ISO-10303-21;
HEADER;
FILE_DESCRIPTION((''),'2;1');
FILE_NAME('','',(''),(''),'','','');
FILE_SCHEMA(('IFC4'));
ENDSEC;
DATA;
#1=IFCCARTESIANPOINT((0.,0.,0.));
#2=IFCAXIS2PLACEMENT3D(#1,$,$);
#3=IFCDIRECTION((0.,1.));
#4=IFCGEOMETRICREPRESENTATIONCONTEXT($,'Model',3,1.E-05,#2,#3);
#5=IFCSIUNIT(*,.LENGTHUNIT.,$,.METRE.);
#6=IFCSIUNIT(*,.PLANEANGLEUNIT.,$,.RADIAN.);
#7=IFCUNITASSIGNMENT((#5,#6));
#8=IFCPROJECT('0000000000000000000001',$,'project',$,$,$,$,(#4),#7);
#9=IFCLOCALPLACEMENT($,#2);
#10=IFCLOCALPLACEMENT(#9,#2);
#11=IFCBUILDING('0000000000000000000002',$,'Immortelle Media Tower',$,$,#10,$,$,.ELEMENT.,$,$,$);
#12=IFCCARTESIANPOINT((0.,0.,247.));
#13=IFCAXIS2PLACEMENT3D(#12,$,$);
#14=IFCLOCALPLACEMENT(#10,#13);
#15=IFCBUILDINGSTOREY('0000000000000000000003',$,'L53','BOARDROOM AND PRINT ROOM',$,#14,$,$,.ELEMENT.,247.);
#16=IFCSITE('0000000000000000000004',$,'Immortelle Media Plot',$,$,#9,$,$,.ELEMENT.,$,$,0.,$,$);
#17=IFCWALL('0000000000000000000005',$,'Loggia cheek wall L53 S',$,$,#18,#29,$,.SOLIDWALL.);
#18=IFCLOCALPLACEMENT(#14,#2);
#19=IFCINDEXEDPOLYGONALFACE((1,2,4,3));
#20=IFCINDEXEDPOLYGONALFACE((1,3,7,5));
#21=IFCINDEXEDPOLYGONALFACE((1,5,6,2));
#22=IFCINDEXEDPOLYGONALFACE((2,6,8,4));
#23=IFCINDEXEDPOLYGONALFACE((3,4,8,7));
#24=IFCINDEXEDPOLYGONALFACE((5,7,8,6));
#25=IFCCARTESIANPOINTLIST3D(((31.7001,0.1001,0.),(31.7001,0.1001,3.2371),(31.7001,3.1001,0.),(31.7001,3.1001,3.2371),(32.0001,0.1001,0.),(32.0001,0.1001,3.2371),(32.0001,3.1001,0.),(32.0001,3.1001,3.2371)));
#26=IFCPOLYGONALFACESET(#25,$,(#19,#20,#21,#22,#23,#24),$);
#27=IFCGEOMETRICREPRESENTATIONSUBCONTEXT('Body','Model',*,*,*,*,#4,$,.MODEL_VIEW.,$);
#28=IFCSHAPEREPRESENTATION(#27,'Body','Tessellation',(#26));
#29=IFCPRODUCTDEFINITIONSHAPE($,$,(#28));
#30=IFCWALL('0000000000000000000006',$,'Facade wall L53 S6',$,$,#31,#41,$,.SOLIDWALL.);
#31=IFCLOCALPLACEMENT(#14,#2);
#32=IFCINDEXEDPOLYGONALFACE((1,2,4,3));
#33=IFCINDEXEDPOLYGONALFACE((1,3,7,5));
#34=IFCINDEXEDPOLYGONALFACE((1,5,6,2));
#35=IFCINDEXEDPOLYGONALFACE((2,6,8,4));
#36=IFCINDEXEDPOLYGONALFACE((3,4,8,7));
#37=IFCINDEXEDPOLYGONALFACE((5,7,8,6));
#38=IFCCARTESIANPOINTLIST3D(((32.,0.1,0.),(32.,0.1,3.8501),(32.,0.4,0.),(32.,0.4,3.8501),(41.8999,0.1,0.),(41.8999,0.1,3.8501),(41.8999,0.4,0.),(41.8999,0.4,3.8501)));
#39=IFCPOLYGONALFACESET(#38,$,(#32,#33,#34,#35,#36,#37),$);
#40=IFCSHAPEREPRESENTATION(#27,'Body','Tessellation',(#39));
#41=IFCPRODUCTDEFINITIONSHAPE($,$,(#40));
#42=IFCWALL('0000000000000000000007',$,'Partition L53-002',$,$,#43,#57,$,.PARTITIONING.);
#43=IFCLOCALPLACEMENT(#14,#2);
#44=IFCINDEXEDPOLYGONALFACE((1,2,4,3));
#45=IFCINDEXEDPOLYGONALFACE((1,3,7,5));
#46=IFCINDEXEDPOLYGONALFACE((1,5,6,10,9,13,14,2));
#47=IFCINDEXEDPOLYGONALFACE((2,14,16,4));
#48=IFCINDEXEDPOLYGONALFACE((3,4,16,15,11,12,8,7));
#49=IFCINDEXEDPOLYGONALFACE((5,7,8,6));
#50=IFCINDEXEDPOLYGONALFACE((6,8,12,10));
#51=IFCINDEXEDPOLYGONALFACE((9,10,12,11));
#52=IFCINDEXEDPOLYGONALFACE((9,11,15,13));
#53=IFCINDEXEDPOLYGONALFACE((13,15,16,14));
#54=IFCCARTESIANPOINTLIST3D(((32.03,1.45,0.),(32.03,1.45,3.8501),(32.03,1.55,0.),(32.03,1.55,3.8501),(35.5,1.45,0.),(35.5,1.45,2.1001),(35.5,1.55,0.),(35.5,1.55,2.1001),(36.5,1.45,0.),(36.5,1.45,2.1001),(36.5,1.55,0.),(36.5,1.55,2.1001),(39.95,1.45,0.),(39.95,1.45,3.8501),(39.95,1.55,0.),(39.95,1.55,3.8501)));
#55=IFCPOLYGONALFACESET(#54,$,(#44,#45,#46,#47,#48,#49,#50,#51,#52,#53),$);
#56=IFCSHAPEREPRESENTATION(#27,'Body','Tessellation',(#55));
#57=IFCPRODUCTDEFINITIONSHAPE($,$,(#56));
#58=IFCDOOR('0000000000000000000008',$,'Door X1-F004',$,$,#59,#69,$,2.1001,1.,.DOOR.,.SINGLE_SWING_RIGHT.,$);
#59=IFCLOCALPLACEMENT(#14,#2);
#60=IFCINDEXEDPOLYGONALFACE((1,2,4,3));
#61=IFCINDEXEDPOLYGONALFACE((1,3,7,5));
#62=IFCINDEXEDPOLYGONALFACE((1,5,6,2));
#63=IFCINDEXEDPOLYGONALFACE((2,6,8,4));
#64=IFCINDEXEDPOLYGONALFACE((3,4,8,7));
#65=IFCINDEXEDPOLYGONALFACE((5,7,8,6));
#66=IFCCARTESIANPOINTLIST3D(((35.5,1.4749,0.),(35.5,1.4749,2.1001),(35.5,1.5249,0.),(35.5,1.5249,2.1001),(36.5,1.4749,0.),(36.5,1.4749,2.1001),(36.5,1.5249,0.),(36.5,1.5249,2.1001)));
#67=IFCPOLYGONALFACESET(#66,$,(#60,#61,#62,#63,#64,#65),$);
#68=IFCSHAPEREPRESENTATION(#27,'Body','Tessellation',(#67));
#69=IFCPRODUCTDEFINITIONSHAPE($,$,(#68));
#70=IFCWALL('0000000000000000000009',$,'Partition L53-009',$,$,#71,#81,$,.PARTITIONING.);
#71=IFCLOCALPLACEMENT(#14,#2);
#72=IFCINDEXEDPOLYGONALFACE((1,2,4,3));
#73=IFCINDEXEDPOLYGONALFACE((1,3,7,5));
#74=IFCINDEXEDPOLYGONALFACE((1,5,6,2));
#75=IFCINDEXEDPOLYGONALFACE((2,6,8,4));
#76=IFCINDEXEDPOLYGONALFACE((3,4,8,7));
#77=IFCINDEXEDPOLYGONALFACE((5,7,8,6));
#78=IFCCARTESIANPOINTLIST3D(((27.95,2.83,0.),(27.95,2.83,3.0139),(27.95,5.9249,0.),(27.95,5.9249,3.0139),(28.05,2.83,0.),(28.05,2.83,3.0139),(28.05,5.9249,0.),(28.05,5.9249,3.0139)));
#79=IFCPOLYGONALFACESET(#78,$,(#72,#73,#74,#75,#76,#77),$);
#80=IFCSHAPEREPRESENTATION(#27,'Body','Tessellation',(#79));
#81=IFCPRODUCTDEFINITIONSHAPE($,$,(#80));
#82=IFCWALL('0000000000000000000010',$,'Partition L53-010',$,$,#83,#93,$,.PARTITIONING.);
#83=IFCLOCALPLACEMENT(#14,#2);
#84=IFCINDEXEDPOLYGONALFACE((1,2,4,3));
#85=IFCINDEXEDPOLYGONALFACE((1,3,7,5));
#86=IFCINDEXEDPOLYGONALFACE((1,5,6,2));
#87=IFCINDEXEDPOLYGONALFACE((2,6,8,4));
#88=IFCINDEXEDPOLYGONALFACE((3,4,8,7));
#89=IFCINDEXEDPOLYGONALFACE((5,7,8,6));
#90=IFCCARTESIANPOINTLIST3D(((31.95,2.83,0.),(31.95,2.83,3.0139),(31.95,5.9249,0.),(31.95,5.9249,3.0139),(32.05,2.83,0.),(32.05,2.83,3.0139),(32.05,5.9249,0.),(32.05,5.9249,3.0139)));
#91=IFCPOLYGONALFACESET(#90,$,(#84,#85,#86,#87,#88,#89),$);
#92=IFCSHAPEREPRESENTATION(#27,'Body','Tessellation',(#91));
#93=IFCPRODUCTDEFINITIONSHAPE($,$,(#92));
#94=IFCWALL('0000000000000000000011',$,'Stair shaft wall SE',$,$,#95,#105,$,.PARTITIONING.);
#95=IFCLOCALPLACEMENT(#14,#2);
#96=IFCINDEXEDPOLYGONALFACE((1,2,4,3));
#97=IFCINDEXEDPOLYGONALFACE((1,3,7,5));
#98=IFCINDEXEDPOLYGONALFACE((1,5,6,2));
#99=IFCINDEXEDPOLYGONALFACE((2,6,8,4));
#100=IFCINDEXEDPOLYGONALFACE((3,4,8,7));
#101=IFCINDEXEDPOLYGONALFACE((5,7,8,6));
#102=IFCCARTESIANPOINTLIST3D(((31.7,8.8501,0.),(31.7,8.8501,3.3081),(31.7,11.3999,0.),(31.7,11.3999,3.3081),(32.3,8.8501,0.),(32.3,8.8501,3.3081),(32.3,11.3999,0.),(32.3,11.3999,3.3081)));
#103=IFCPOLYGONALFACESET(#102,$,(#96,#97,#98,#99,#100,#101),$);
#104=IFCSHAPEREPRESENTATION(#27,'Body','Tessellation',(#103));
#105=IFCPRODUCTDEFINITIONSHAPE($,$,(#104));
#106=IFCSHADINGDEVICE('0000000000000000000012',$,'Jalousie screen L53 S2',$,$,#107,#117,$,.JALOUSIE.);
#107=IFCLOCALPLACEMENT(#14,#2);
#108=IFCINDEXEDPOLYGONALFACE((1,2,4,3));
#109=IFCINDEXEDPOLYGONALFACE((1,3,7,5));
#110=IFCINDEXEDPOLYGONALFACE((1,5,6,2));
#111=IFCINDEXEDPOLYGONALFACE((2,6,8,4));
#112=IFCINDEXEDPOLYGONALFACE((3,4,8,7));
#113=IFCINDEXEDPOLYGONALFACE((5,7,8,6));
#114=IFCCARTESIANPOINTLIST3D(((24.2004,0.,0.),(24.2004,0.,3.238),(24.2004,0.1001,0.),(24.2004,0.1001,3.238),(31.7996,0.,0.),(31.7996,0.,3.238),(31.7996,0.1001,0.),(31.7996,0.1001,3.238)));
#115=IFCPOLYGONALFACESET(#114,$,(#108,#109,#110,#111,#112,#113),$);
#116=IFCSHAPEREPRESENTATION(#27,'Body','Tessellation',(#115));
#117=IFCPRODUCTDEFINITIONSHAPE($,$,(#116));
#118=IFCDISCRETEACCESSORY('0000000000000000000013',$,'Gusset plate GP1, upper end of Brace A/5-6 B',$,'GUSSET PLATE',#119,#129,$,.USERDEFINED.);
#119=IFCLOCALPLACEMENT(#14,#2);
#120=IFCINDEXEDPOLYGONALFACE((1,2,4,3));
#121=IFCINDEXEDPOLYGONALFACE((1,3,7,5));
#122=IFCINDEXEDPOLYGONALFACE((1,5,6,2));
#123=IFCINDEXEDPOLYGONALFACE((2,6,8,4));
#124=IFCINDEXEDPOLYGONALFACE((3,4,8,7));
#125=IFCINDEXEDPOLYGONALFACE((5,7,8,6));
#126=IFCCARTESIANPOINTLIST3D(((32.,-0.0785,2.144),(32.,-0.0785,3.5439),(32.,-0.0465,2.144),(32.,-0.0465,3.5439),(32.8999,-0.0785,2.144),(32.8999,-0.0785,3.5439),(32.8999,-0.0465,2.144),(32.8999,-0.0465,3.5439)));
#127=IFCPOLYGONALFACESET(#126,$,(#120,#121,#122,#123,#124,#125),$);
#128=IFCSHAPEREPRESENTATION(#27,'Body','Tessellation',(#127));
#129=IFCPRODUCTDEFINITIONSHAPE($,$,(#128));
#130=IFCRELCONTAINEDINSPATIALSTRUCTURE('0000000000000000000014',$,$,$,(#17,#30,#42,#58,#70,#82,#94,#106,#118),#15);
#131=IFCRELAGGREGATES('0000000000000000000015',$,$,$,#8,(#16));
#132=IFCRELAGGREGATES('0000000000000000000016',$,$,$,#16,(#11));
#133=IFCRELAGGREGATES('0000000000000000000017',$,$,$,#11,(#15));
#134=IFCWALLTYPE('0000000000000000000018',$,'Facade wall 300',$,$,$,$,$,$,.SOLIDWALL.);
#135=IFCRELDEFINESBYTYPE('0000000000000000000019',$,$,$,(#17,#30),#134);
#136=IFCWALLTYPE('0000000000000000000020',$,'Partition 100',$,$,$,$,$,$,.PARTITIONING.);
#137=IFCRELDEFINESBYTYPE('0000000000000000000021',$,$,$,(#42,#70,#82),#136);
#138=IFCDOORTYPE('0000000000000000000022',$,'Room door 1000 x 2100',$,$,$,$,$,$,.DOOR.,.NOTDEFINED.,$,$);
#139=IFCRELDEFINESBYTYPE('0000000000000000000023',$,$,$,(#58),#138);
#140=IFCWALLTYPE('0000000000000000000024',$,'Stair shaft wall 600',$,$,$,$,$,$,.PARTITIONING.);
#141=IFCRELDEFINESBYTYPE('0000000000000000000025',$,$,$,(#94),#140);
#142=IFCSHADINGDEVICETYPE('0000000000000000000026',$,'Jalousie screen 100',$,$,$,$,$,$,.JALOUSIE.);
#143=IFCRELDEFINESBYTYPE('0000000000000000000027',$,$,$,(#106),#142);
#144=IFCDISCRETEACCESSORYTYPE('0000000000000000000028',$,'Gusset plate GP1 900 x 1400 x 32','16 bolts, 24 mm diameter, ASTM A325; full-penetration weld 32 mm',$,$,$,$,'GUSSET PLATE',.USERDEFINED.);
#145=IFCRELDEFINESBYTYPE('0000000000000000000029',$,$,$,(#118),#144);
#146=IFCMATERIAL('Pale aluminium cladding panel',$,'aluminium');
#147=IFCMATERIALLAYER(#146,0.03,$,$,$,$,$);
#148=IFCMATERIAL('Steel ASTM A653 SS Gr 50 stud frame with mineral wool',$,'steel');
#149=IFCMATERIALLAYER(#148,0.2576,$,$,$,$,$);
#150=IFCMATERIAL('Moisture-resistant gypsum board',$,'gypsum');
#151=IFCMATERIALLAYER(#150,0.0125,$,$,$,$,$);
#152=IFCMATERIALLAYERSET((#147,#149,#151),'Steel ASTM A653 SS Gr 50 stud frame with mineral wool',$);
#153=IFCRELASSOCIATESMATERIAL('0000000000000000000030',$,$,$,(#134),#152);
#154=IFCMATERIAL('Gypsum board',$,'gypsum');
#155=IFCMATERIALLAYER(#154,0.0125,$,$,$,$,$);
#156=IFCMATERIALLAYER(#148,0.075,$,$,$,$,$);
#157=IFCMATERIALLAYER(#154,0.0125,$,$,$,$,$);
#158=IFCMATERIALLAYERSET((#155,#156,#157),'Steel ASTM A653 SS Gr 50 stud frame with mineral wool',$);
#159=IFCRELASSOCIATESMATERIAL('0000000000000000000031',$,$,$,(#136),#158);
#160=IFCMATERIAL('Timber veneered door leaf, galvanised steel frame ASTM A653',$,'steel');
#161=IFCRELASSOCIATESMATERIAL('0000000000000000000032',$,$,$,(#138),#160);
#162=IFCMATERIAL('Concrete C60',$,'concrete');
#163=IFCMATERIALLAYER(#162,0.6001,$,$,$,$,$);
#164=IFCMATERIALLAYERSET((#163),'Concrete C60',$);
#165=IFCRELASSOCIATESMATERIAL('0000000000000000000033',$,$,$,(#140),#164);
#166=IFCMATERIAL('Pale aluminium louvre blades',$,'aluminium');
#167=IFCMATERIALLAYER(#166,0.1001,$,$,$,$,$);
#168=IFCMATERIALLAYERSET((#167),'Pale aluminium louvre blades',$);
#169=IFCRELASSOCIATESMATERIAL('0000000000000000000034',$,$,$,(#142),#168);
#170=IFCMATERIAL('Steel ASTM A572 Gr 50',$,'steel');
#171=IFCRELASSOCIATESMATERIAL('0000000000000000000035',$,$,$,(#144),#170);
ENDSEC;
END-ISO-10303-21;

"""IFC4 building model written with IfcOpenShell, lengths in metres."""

from ifc_helpers import new_model, si_unit, direction, frame, frame_2d, origin, origin_2d, place, context, subcontext, project, spatial, rectangle, extrude, material, layer, layer_set, material_profile, profile_set, type_object, element, fill, save


model = new_model("IFC4")

# Units and contexts
model_context = context("Model", 3, precision=1e-05, world=origin(), true_north=direction((0.0, 1.0)))
body_context = subcontext(model_context, "Body", "Model", "MODEL_VIEW")
ifc_project = project(units=[si_unit("LENGTHUNIT", "METRE"), si_unit("PLANEANGLEUNIT", "RADIAN")], contexts=[model_context])

# Site, building, storey
site_placement = place(None, origin())
site = spatial("IfcSite", under=ifc_project, at=site_placement, Name="Immortelle Media Plot", CompositionType="ELEMENT", RefElevation=0.0)
building_placement = place(site_placement, origin())
building = spatial("IfcBuilding", under=site, at=building_placement, Name="Immortelle Media Tower", CompositionType="ELEMENT")
storey_placement = place(building_placement, frame((0.0, 0.0, 247.0)))
storey = spatial("IfcBuildingStorey", under=building, at=storey_placement, Name="L53", Description="BOARDROOM AND PRINT ROOM", CompositionType="ELEMENT", Elevation=247.0)

# Walls
ifc_material_1 = material(Name="Steel ASTM A653 SS Gr 50 stud frame with mineral wool", Category="steel")
ifc_material_2 = material(Name="Pale aluminium cladding panel", Category="aluminium")
ifc_layer_1 = layer(ifc_material_2, 0.03)
ifc_layer_2 = layer(ifc_material_1, 0.2576)
ifc_material_3 = material(Name="Moisture-resistant gypsum board", Category="gypsum")
ifc_layer_3 = layer(ifc_material_3, 0.0125)
ifc_layer_set_1 = layer_set([ifc_layer_1, ifc_layer_2, ifc_layer_3], Name="Steel ASTM A653 SS Gr 50 stud frame with mineral wool")
wall_type_1 = type_object("IfcWallType", Name="Facade wall 300", PredefinedType="SOLIDWALL", material=ifc_layer_set_1)
wall_1_placement = place(storey_placement, frame((31.8501, 0.1001, 0.0), z_axis=(0.0, 0.0, 1.0), x_axis=(0.0, 1.0, 0.0)))
element("IfcWall", 1, at=wall_1_placement, inside=storey, type_object=wall_type_1, Name="Loggia cheek wall L53 S", PredefinedType="SOLIDWALL", context=body_context, shape_type="SweptSolid", body=[
    extrude(rectangle(XDim=3.0, YDim=0.3, at=frame_2d((1.5, 0.0))), origin(), (0.0, 0.0, 1.0), 3.2371),
])
wall_2_placement = place(storey_placement, frame((32.0, 0.25, 0.0), z_axis=(0.0, 0.0, 1.0), x_axis=(1.0, 0.0, 0.0)))
element("IfcWall", 2, at=wall_2_placement, inside=storey, type_object=wall_type_1, Name="Facade wall L53 S6", PredefinedType="SOLIDWALL", context=body_context, shape_type="SweptSolid", body=[
    extrude(rectangle(XDim=9.8999, YDim=0.3, at=frame_2d((4.95, 0.0))), origin(), (0.0, 0.0, 1.0), 3.8501),
])

# Wall, opening, door
ifc_material_4 = material(Name="Gypsum board", Category="gypsum")
ifc_layer_4 = layer(ifc_material_4, 0.0125)
ifc_layer_5 = layer(ifc_material_1, 0.075)
ifc_layer_6 = layer(ifc_material_4, 0.0125)
ifc_layer_set_2 = layer_set([ifc_layer_4, ifc_layer_5, ifc_layer_6], Name="Steel ASTM A653 SS Gr 50 stud frame with mineral wool")
wall_type_2 = type_object("IfcWallType", Name="Partition 100", PredefinedType="PARTITIONING", material=ifc_layer_set_2)
wall_3_placement = place(storey_placement, frame((32.03, 1.5, 0.0), z_axis=(0.0, 0.0, 1.0), x_axis=(1.0, 0.0, 0.0)))
wall_3 = element("IfcWall", 3, at=wall_3_placement, inside=storey, type_object=wall_type_2, Name="Partition L53-002", PredefinedType="PARTITIONING", context=body_context, shape_type="SweptSolid", body=[
    extrude(rectangle(XDim=7.9199, YDim=0.1001, at=frame_2d((3.96, 0.0))), origin(), (0.0, 0.0, 1.0), 3.8501),
])
opening_placement = place(wall_3_placement, frame((3.47, 0.0, 0.0)))
opening = element("IfcOpeningElement", 4, at=opening_placement, cuts=wall_3, PredefinedType="OPENING", context=body_context, shape_type="SweptSolid", body=[
    extrude(rectangle(XDim=1.0, YDim=2.1001, at=frame_2d((0.5, 1.05))), frame((0.0, 0.0601, 0.0), z_axis=(0.0, -1.0, 0.0), x_axis=(1.0, 0.0, 0.0)), (0.0, 0.0, 1.0), 0.1201),
])
ifc_material_5 = material(Name="Timber veneered door leaf, galvanised steel frame ASTM A653", Category="steel")
door_type = type_object("IfcDoorType", Name="Room door 1000 x 2100", OperationType="NOTDEFINED", PredefinedType="DOOR", material=ifc_material_5)
door_placement = place(opening_placement, origin())
door = element("IfcDoor", 5, at=door_placement, inside=storey, type_object=door_type, Name="Door X1-F004", OperationType="SINGLE_SWING_RIGHT", OverallHeight=2.1001, OverallWidth=1.0, PredefinedType="DOOR", context=body_context, shape_type="SweptSolid", body=[
    extrude(rectangle(XDim=1.0, YDim=2.1001, at=frame_2d((0.5, 1.05))), frame((0.0, 0.0249, 0.0), z_axis=(0.0, -1.0, 0.0), x_axis=(1.0, 0.0, 0.0)), (0.0, 0.0, 1.0), 0.05),
])
fill(opening, door)

# Walls
for number, where, z_axis, x_axis, name in (
    (6, (28.0, 2.8301, 0.0), (0.0, 0.0, 1.0), (0.0, 1.0, 0.0), "Partition L53-009"),
    (7, (32.0, 2.8301, 0.0), (0.0, 0.0, 1.0), (0.0, 1.0, 0.0), "Partition L53-010"),
):
    element("IfcWall", number, at=place(storey_placement, frame(where, z_axis=z_axis, x_axis=x_axis)), inside=storey, type_object=wall_type_2, Name=name, PredefinedType="PARTITIONING", context=body_context, shape_type="SweptSolid", body=[
        extrude(rectangle(XDim=3.095, YDim=0.1001, at=frame_2d((1.5474, 0.0))), origin(), (0.0, 0.0, 1.0), 3.0139),
    ])
ifc_material_6 = material(Name="Concrete C60", Category="concrete")
ifc_layer_7 = layer(ifc_material_6, 0.6001)
ifc_layer_set_3 = layer_set([ifc_layer_7], Name="Concrete C60")
wall_type_3 = type_object("IfcWallType", Name="Stair shaft wall 600", PredefinedType="PARTITIONING", material=ifc_layer_set_3)
wall_4_placement = place(storey_placement, frame((32.0, 8.8501, 0.0), z_axis=(0.0, 0.0, 1.0), x_axis=(0.0, 1.0, 0.0)))
element("IfcWall", 8, at=wall_4_placement, inside=storey, type_object=wall_type_3, Name="Stair shaft wall SE", PredefinedType="PARTITIONING", context=body_context, shape_type="SweptSolid", body=[
    extrude(rectangle(XDim=2.5498, YDim=0.6001, at=frame_2d((1.2749, 0.0))), origin(), (0.0, 0.0, 1.0), 3.3081),
])

# Shading device
ifc_material_7 = material(Name="Pale aluminium louvre blades", Category="aluminium")
ifc_layer_8 = layer(ifc_material_7, 0.1001)
ifc_layer_set_4 = layer_set([ifc_layer_8], Name="Pale aluminium louvre blades")
shading_device_type = type_object("IfcShadingDeviceType", Name="Jalousie screen 100", PredefinedType="JALOUSIE", material=ifc_layer_set_4)
shading_device_placement = place(storey_placement, frame((28.0, 0.05, 0.0), z_axis=(0.0, 0.0, 1.0), x_axis=(1.0, 0.0, 0.0)))
element("IfcShadingDevice", 9, at=shading_device_placement, inside=storey, type_object=shading_device_type, Name="Jalousie screen L53 S2", PredefinedType="JALOUSIE", context=body_context, shape_type="SweptSolid", body=[
    extrude(rectangle(XDim=7.5991, YDim=0.1001, at=origin_2d()), origin(), (0.0, 0.0, 1.0), 3.238),
])

# Discrete accessory
ifc_material_8 = material(Name="Steel ASTM A572 Gr 50", Category="steel")
ifc_material_profile_1 = material_profile(ifc_material_8, rectangle(XDim=0.032, YDim=1.3999, at=origin_2d()), Name="PL 32 x 1400")
ifc_profile_set_1 = profile_set([ifc_material_profile_1], Name="Steel ASTM A572 Gr 50")
discrete_accessory_type = type_object("IfcDiscreteAccessoryType", Name="Gusset plate GP1 900 x 1400 x 32", Description="16 bolts, 24 mm diameter, ASTM A325; full-penetration weld 32 mm", ElementType="GUSSET PLATE", PredefinedType="USERDEFINED", material=ifc_profile_set_1)
discrete_accessory_placement = place(storey_placement, frame((32.0, -0.0625, 2.844), z_axis=(1.0, 0.0, 0.0), x_axis=(0.0, 1.0, 0.0)))
element("IfcDiscreteAccessory", 10, at=discrete_accessory_placement, inside=storey, type_object=discrete_accessory_type, Name="Gusset plate GP1, upper end of Brace A/5-6 B", ObjectType="GUSSET PLATE", PredefinedType="USERDEFINED", context=body_context, shape_type="SweptSolid", body=[
    extrude(rectangle(XDim=0.032, YDim=1.3999, at=origin_2d()), origin(), (0.0, 0.0, 1.0), 0.8999),
])

save(model, "model.ifc")
